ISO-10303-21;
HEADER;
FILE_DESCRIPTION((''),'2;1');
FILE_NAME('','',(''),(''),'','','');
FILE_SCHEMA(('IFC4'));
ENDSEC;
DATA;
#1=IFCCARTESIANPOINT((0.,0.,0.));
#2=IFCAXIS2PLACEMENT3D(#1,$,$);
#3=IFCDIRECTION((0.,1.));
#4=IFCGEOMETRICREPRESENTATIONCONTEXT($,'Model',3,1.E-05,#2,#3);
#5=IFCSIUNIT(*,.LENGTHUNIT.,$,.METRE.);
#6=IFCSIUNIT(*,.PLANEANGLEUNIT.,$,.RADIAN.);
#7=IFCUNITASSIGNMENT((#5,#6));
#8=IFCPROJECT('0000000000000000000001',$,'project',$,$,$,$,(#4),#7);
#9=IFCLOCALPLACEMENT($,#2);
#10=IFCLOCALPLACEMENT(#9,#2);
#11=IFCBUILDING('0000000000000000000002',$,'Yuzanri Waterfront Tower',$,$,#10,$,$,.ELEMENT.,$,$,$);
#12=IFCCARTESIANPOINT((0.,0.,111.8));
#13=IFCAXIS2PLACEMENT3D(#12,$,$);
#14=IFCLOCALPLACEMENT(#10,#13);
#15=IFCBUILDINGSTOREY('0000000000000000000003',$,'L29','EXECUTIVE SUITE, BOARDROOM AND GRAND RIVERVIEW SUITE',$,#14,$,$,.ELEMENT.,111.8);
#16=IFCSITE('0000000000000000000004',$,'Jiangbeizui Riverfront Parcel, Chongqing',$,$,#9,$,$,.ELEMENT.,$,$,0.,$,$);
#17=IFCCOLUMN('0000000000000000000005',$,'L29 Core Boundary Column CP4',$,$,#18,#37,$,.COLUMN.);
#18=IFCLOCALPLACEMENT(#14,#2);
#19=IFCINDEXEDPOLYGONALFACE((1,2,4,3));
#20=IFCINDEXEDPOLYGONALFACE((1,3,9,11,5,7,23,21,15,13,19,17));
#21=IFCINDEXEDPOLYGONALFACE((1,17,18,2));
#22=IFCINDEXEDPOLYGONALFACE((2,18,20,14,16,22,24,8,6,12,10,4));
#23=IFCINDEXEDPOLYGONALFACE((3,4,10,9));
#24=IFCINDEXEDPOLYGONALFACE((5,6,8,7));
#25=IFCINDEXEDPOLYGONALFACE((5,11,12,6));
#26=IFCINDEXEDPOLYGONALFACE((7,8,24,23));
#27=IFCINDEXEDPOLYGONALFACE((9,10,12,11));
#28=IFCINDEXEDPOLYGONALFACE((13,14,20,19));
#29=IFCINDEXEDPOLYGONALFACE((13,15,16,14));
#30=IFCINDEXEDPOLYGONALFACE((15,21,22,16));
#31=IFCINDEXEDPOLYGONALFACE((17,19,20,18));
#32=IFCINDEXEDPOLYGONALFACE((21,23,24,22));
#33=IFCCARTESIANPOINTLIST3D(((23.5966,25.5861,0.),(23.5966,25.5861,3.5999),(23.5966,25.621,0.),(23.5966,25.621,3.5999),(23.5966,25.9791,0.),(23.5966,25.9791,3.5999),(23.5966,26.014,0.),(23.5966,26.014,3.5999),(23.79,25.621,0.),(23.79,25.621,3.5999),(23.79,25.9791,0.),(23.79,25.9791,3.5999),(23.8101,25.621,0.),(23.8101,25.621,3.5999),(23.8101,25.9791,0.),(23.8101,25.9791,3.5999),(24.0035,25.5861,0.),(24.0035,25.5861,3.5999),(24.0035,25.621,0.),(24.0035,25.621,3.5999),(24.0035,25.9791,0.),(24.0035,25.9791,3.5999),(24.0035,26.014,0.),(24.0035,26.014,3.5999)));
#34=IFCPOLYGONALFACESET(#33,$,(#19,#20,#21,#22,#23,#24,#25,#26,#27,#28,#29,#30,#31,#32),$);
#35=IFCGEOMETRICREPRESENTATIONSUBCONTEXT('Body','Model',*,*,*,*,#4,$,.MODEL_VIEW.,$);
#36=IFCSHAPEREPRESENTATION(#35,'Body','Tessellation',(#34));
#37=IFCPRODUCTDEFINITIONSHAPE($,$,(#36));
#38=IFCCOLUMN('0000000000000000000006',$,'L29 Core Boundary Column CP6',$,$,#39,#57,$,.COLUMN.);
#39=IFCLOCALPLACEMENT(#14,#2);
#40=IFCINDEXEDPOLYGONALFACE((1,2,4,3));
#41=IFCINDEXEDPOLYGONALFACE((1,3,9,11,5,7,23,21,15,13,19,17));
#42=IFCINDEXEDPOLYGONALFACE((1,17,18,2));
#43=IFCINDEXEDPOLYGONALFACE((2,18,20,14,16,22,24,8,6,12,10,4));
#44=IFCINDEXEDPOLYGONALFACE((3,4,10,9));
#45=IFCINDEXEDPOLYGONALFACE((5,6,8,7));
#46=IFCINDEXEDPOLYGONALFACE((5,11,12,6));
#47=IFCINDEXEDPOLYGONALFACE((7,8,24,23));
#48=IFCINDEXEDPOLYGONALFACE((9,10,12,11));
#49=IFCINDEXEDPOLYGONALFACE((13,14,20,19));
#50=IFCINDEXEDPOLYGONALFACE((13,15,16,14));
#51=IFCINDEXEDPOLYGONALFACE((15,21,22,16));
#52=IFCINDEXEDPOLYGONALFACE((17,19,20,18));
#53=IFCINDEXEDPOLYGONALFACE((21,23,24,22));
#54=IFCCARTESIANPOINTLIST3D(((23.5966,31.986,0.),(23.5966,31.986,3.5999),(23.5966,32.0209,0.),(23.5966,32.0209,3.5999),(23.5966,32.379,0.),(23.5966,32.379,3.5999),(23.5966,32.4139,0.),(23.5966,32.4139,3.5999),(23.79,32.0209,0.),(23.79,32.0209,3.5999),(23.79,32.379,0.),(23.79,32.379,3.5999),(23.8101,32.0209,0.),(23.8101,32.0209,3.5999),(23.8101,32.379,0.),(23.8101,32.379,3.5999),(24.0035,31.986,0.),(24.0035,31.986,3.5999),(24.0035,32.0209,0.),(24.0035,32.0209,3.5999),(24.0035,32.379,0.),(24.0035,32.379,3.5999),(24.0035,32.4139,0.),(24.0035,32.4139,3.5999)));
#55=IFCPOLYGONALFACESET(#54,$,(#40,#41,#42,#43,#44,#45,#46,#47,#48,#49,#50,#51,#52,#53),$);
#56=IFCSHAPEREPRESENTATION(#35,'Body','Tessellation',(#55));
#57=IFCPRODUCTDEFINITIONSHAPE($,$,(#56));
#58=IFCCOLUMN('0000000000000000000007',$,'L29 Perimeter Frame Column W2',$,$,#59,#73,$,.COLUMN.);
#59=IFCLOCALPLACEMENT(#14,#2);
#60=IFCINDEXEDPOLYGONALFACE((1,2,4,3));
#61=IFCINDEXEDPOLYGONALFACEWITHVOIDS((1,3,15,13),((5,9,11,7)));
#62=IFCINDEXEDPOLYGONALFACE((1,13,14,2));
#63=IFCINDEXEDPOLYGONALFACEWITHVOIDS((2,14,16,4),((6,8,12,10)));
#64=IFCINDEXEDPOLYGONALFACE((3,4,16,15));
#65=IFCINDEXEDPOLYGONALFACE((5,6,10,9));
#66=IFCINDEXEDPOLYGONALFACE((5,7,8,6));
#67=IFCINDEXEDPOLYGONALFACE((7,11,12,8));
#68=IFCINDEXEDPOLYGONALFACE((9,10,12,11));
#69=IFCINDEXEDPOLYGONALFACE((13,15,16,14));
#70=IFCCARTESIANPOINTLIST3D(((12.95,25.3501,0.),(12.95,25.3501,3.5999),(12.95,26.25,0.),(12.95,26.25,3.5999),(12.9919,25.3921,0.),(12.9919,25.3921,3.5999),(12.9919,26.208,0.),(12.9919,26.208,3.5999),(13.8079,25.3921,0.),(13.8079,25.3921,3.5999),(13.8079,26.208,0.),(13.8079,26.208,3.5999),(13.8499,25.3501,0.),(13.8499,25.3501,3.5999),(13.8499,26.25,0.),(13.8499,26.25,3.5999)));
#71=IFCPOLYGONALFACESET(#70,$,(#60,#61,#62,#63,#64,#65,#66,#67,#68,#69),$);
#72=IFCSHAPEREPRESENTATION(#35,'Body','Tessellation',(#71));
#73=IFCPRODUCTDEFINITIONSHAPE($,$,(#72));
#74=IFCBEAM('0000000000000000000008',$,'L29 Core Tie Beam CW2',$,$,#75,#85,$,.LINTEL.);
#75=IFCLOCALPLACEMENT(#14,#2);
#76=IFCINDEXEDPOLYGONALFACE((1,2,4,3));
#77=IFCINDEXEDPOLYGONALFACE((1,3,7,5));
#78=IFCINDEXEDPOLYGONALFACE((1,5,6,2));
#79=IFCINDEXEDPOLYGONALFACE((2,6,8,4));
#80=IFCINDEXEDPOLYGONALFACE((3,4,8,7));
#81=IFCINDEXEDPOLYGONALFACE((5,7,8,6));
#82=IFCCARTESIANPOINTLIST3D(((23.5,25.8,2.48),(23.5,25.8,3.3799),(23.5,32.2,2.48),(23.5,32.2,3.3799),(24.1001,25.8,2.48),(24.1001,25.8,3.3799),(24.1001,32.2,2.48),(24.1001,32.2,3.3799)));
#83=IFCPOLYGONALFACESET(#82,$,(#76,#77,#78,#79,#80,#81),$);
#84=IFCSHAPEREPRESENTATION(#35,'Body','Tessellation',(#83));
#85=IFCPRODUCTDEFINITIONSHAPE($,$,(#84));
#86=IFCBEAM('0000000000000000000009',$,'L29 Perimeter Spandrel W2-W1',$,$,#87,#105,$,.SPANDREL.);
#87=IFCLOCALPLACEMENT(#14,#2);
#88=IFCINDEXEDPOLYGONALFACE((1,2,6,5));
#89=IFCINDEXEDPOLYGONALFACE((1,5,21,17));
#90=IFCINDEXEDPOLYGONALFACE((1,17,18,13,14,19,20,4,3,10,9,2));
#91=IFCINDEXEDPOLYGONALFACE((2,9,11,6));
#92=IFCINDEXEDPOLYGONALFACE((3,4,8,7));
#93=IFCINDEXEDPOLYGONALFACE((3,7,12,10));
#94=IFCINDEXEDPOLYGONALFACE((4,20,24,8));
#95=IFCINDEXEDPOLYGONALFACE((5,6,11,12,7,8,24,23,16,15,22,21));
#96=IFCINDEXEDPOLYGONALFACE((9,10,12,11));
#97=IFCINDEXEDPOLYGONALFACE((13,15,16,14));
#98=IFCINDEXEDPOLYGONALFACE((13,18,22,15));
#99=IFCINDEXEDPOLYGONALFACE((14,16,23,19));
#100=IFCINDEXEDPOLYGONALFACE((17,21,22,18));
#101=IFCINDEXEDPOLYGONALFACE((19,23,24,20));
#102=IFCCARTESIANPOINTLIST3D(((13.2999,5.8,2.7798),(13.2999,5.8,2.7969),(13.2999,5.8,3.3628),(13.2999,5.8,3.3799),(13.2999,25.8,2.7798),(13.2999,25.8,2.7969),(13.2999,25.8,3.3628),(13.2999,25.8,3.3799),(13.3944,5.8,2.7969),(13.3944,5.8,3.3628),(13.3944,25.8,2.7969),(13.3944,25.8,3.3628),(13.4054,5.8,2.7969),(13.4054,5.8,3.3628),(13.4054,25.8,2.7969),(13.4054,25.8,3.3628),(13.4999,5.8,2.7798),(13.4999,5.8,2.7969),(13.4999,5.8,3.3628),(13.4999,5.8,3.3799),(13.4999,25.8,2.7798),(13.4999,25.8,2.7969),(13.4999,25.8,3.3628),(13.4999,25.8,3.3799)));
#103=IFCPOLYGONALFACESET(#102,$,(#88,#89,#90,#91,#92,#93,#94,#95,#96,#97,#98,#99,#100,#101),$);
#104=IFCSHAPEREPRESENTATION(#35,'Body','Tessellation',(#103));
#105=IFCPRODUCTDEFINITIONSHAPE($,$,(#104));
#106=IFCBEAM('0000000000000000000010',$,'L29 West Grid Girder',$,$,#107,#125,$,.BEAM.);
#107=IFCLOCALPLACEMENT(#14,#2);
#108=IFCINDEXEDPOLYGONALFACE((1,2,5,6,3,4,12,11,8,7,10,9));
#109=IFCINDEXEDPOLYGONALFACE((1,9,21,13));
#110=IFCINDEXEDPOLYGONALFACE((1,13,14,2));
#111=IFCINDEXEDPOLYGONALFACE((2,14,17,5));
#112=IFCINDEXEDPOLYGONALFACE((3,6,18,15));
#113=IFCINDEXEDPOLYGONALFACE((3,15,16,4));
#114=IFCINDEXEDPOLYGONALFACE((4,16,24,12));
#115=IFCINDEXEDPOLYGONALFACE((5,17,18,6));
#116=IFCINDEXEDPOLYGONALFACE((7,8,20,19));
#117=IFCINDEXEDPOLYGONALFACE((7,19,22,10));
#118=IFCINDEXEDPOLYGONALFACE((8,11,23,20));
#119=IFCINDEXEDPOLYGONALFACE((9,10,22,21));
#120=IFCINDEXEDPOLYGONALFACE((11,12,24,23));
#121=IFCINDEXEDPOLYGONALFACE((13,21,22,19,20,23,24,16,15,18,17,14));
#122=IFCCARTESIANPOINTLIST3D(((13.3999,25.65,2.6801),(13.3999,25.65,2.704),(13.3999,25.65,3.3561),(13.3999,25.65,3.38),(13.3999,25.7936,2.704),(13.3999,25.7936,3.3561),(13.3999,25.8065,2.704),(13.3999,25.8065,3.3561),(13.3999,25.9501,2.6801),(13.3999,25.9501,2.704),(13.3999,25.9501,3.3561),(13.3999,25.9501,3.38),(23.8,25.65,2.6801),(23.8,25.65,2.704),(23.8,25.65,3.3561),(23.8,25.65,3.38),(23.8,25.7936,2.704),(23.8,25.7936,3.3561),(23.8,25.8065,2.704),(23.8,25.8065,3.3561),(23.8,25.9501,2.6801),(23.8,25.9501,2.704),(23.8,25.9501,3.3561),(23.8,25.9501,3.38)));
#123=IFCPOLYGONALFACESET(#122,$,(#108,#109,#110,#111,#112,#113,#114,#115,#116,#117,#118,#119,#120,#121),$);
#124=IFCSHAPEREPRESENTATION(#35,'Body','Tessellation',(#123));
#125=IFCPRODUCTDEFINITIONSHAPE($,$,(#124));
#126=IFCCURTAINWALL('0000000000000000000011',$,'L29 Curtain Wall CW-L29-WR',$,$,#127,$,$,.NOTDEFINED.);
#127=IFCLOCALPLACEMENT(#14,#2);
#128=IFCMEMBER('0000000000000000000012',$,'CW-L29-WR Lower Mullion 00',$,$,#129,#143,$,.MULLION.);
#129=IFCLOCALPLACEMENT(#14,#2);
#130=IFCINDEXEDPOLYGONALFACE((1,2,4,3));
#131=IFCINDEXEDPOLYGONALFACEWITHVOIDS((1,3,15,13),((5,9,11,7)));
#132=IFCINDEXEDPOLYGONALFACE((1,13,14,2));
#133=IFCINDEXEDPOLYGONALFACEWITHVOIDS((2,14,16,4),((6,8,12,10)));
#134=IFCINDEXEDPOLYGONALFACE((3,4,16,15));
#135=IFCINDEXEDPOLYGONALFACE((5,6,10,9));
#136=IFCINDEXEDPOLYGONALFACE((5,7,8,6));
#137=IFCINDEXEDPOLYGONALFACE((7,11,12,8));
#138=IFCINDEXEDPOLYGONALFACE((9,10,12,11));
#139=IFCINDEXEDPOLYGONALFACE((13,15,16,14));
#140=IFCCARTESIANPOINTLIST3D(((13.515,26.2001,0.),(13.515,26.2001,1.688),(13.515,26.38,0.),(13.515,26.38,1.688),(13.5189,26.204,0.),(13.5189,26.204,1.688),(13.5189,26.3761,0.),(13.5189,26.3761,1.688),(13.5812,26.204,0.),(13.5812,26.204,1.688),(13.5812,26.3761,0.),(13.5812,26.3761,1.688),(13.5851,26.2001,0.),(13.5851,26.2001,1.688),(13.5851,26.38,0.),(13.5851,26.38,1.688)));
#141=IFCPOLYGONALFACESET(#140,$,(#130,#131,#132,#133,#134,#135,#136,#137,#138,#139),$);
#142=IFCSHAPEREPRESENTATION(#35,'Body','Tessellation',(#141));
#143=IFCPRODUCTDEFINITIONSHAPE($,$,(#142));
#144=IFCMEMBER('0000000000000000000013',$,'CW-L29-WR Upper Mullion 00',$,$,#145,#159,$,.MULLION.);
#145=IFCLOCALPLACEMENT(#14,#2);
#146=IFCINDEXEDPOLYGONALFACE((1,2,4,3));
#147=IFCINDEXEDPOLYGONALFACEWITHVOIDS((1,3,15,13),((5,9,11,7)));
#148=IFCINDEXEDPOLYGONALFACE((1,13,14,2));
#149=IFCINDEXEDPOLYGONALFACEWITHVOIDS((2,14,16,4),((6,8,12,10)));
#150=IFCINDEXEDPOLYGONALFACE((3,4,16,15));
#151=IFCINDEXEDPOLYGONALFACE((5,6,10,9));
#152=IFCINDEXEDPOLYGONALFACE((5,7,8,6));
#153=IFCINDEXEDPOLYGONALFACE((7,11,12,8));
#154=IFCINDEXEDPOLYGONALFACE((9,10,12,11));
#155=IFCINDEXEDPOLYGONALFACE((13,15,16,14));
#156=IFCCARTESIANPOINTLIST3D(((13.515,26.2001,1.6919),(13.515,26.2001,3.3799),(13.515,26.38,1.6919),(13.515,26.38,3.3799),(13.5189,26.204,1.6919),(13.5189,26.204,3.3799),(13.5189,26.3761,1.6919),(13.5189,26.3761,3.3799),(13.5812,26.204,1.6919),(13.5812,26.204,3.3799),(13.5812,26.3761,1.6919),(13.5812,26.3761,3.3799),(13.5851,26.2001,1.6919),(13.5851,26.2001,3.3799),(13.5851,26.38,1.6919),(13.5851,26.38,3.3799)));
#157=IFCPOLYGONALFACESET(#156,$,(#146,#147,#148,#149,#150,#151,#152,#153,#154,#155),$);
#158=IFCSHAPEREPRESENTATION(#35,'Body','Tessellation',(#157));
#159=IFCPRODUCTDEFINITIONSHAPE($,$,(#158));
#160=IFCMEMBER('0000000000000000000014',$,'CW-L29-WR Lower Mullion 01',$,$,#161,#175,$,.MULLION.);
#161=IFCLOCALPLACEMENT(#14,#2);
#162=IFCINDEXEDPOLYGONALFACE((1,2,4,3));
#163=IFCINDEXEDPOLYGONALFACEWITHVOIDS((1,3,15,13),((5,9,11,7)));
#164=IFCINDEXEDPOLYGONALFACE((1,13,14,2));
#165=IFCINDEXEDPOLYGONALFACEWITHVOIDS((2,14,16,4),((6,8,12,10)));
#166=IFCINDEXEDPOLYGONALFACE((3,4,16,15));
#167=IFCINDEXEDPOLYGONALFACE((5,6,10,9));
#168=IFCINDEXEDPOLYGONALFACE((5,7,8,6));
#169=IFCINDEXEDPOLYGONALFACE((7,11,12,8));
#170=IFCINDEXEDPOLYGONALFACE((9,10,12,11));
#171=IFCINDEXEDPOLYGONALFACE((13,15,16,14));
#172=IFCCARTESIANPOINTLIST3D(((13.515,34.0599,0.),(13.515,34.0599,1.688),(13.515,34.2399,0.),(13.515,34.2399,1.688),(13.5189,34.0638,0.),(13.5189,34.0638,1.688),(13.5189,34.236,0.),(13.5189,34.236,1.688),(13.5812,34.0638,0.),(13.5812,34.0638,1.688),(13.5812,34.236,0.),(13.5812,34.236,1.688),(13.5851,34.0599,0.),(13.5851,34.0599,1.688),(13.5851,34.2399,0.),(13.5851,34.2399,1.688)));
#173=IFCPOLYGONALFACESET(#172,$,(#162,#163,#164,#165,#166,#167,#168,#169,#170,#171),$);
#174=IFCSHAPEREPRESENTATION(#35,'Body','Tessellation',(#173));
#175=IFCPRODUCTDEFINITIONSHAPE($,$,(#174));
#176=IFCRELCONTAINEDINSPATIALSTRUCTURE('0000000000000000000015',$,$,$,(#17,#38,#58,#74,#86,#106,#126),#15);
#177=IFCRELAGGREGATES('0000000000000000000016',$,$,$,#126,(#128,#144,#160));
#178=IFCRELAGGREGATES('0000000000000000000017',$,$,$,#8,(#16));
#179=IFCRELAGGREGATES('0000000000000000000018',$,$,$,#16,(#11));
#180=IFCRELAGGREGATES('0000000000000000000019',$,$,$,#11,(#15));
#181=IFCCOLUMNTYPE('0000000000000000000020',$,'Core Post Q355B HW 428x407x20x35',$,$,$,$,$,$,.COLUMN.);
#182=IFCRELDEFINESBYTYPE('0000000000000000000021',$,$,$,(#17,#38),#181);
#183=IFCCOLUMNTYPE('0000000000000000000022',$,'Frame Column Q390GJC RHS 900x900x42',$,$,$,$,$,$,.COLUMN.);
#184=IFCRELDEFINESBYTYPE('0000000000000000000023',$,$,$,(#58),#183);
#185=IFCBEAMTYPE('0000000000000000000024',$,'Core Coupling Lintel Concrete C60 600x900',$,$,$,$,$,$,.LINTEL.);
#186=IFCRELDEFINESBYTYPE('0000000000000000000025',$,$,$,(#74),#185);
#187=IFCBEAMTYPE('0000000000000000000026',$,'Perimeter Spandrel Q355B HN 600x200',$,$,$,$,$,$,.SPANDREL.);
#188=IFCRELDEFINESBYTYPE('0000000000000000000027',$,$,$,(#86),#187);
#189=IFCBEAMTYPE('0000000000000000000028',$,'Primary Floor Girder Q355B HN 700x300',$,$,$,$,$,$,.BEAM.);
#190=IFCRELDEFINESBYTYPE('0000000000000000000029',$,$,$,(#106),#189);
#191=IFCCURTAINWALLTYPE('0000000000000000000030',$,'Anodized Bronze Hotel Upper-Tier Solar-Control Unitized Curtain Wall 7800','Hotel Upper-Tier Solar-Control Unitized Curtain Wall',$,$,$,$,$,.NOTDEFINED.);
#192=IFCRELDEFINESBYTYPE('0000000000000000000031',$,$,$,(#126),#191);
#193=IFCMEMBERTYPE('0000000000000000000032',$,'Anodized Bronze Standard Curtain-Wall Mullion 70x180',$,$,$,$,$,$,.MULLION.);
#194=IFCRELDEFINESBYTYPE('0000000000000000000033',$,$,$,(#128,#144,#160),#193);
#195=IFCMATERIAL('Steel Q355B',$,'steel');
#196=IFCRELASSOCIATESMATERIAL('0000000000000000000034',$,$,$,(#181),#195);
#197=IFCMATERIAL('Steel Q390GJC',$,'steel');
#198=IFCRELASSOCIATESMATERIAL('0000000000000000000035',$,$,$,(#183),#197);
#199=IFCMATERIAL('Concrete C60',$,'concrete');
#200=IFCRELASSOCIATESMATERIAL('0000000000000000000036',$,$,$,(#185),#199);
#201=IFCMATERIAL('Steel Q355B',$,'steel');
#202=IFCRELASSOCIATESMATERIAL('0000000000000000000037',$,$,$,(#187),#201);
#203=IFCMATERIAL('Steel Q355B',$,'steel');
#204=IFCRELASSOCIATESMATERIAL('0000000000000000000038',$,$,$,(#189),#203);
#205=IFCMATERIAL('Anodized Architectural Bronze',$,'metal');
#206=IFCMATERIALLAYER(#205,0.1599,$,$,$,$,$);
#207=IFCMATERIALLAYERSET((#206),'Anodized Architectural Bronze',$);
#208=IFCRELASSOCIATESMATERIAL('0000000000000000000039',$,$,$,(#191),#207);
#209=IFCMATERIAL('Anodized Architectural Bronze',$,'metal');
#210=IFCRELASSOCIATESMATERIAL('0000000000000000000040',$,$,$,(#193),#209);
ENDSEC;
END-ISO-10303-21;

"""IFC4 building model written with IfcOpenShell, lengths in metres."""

from ifc_helpers import new_model, si_unit, direction, frame, origin, origin_2d, place, context, subcontext, project, spatial, rectangle, hollow_rectangle, i_section, extrude, source, transform, mapped, material, layer, layer_set, material_profile, profile_set, type_object, element, aggregate, save


model = new_model("IFC4")

# Units and contexts
model_context = context("Model", 3, precision=1e-05, world=origin(), true_north=direction((0.0, 1.0)))
body_context = subcontext(model_context, "Body", "Model", "MODEL_VIEW")
ifc_project = project(units=[si_unit("LENGTHUNIT", "METRE"), si_unit("PLANEANGLEUNIT", "RADIAN")], contexts=[model_context])

# Site, building, storey
site_placement = place(None, origin())
site = spatial("IfcSite", under=ifc_project, at=site_placement, Name="Jiangbeizui Riverfront Parcel, Chongqing", CompositionType="ELEMENT", RefElevation=0.0)
building_placement = place(site_placement, origin())
building = spatial("IfcBuilding", under=site, at=building_placement, Name="Yuzanri Waterfront Tower", CompositionType="ELEMENT")
storey_placement = place(building_placement, frame((0.0, 0.0, 111.8)))
storey = spatial("IfcBuildingStorey", under=building, at=storey_placement, Name="L29", Description="EXECUTIVE SUITE, BOARDROOM AND GRAND RIVERVIEW SUITE", CompositionType="ELEMENT", Elevation=111.8)

# Columns
ifc_material_1 = material(Name="Steel Q355B", Category="steel")
ifc_material_profile_1 = material_profile(ifc_material_1, i_section(OverallWidth=0.407, OverallDepth=0.428, WebThickness=0.02, FlangeThickness=0.0349, at=origin_2d()), Name="HW 428x407x20x35")
ifc_profile_set_1 = profile_set([ifc_material_profile_1], Name="Steel Q355B")
column_type_1 = type_object("IfcColumnType", Name="Core Post Q355B HW 428x407x20x35", PredefinedType="COLUMN", material=ifc_profile_set_1)
shared_shape_1 = source(origin(), body_context, "Body", "SweptSolid", [
    extrude(i_section(OverallWidth=0.407, OverallDepth=0.428, WebThickness=0.02, FlangeThickness=0.0349, at=origin_2d()), origin(), (0.0, 0.0, 1.0), 3.5999),
])
for number, where, z_axis, x_axis, name in (
    (1, (23.8, 25.8, 0.0), (0.0, 0.0, 1.0), (1.0, 0.0, 0.0), "L29 Core Boundary Column CP4"),
    (2, (23.8, 32.2, 0.0), (0.0, 0.0, 1.0), (1.0, 0.0, 0.0), "L29 Core Boundary Column CP6"),
):
    element("IfcColumn", number, at=place(storey_placement, frame(where, z_axis=z_axis, x_axis=x_axis)), inside=storey, type_object=column_type_1, Name=name, PredefinedType="COLUMN", context=body_context, shape_type="MappedRepresentation", body=[
        mapped(shared_shape_1, transform((0.0, 0.0, 0.0), scale=1.0)),
    ])
ifc_material_2 = material(Name="Steel Q390GJC", Category="steel")
ifc_material_profile_2 = material_profile(ifc_material_2, hollow_rectangle(XDim=0.8999, YDim=0.8999, WallThickness=0.042, at=origin_2d()), Name="RHS 900x900x42")
ifc_profile_set_2 = profile_set([ifc_material_profile_2], Name="Steel Q390GJC")
column_type_2 = type_object("IfcColumnType", Name="Frame Column Q390GJC RHS 900x900x42", PredefinedType="COLUMN", material=ifc_profile_set_2)
shared_shape_2 = source(origin(), body_context, "Body", "SweptSolid", [
    extrude(hollow_rectangle(XDim=0.8999, YDim=0.8999, WallThickness=0.042, at=origin_2d()), origin(), (0.0, 0.0, 1.0), 3.5999),
])
column_placement = place(storey_placement, frame((13.3999, 25.8, 0.0), z_axis=(0.0, 0.0, 1.0), x_axis=(1.0, 0.0, 0.0)))
element("IfcColumn", 3, at=column_placement, inside=storey, type_object=column_type_2, Name="L29 Perimeter Frame Column W2", PredefinedType="COLUMN", context=body_context, shape_type="MappedRepresentation", body=[
    mapped(shared_shape_2, transform((0.0, 0.0, 0.0), scale=1.0)),
])

# Beams
ifc_material_3 = material(Name="Concrete C60", Category="concrete")
ifc_material_profile_3 = material_profile(ifc_material_3, rectangle(XDim=0.6001, YDim=0.8999, at=origin_2d()), Name="RC 600x900")
ifc_profile_set_3 = profile_set([ifc_material_profile_3], Name="Concrete C60")
beam_type_1 = type_object("IfcBeamType", Name="Core Coupling Lintel Concrete C60 600x900", PredefinedType="LINTEL", material=ifc_profile_set_3)
shared_shape_3 = source(origin(), body_context, "Body", "SweptSolid", [
    extrude(rectangle(XDim=0.6001, YDim=0.8999, at=origin_2d()), origin(), (0.0, 0.0, 1.0), 6.3999),
])
beam_1_placement = place(storey_placement, frame((23.8, 25.8, 2.9299), z_axis=(0.0, 1.0, 0.0), x_axis=(-1.0, 0.0, 0.0)))
element("IfcBeam", 4, at=beam_1_placement, inside=storey, type_object=beam_type_1, Name="L29 Core Tie Beam CW2", PredefinedType="LINTEL", context=body_context, shape_type="MappedRepresentation", body=[
    mapped(shared_shape_3, transform((0.0, 0.0, 0.0), scale=1.0)),
])
ifc_material_4 = material(Name="Steel Q355B", Category="steel")
ifc_material_profile_4 = material_profile(ifc_material_4, i_section(OverallWidth=0.2, OverallDepth=0.6001, WebThickness=0.011, FlangeThickness=0.0171, at=origin_2d()), Name="HN 600x200x11x17")
ifc_profile_set_4 = profile_set([ifc_material_profile_4], Name="Steel Q355B")
beam_type_2 = type_object("IfcBeamType", Name="Perimeter Spandrel Q355B HN 600x200", PredefinedType="SPANDREL", material=ifc_profile_set_4)
shared_shape_4 = source(origin(), body_context, "Body", "SweptSolid", [
    extrude(i_section(OverallWidth=0.2, OverallDepth=0.6001, WebThickness=0.011, FlangeThickness=0.0171, at=origin_2d()), origin(), (0.0, 0.0, 1.0), 20.0),
])
beam_2_placement = place(storey_placement, frame((13.3999, 25.8, 3.0798), z_axis=(0.0, -1.0, 0.0), x_axis=(1.0, 0.0, 0.0)))
element("IfcBeam", 5, at=beam_2_placement, inside=storey, type_object=beam_type_2, Name="L29 Perimeter Spandrel W2-W1", PredefinedType="SPANDREL", context=body_context, shape_type="MappedRepresentation", body=[
    mapped(shared_shape_4, transform((0.0, 0.0, 0.0), scale=1.0)),
])
ifc_material_5 = material(Name="Steel Q355B", Category="steel")
ifc_material_profile_5 = material_profile(ifc_material_5, i_section(OverallWidth=0.3, OverallDepth=0.7, WebThickness=0.0129, FlangeThickness=0.0239, at=origin_2d()), Name="HN 700x300x13x24")
ifc_profile_set_5 = profile_set([ifc_material_profile_5], Name="Steel Q355B")
beam_type_3 = type_object("IfcBeamType", Name="Primary Floor Girder Q355B HN 700x300", PredefinedType="BEAM", material=ifc_profile_set_5)
shared_shape_5 = source(origin(), body_context, "Body", "SweptSolid", [
    extrude(i_section(OverallWidth=0.3, OverallDepth=0.7, WebThickness=0.0129, FlangeThickness=0.0239, at=origin_2d()), origin(), (0.0, 0.0, 1.0), 10.4001),
])
beam_3_placement = place(storey_placement, frame((23.8, 25.8, 3.03), z_axis=(-1.0, 0.0, 0.0), x_axis=(0.0, -1.0, 0.0)))
element("IfcBeam", 6, at=beam_3_placement, inside=storey, type_object=beam_type_3, Name="L29 West Grid Girder", PredefinedType="BEAM", context=body_context, shape_type="MappedRepresentation", body=[
    mapped(shared_shape_5, transform((0.0, 0.0, 0.0), scale=1.0)),
])

# Curtain wall, members
ifc_material_6 = material(Name="Anodized Architectural Bronze", Category="metal")
ifc_layer_1 = layer(ifc_material_6, 0.1599)
ifc_layer_set_1 = layer_set([ifc_layer_1], Name="Anodized Architectural Bronze")
curtain_wall_type = type_object("IfcCurtainWallType", Name="Anodized Bronze Hotel Upper-Tier Solar-Control Unitized Curtain Wall 7800", Description="Hotel Upper-Tier Solar-Control Unitized Curtain Wall", PredefinedType="NOTDEFINED", material=ifc_layer_set_1)
curtain_wall_placement = place(storey_placement, origin())
curtain_wall = element("IfcCurtainWall", 7, at=curtain_wall_placement, inside=storey, type_object=curtain_wall_type, Name="L29 Curtain Wall CW-L29-WR", PredefinedType="NOTDEFINED")
ifc_material_7 = material(Name="Anodized Architectural Bronze", Category="metal")
ifc_material_profile_6 = material_profile(ifc_material_7, hollow_rectangle(XDim=0.0701, YDim=0.1799, WallThickness=0.0039, at=origin_2d()), Name="CWM 70x180")
ifc_profile_set_6 = profile_set([ifc_material_profile_6], Name="Anodized Architectural Bronze")
member_type_1 = type_object("IfcMemberType", Name="Anodized Bronze Standard Curtain-Wall Mullion 70x180", PredefinedType="MULLION", material=ifc_profile_set_6)
shared_shape_6 = source(origin(), body_context, "Body", "SweptSolid", [
    extrude(hollow_rectangle(XDim=0.0701, YDim=0.1799, WallThickness=0.0039, at=origin_2d()), origin(), (0.0, 0.0, 1.0), 1.688),
])
member_1_placement = place(storey_placement, frame((13.55, 26.29, 0.0), z_axis=(0.0, 0.0, 1.0), x_axis=(1.0, 0.0, 0.0)))
member_1 = element("IfcMember", 8, at=member_1_placement, type_object=member_type_1, Name="CW-L29-WR Lower Mullion 00", PredefinedType="MULLION", context=body_context, shape_type="MappedRepresentation", body=[
    mapped(shared_shape_6, transform((0.0, 0.0, 0.0), scale=1.0)),
])
member_2_placement = place(storey_placement, frame((13.55, 26.29, 1.6919), z_axis=(0.0, 0.0, 1.0), x_axis=(1.0, 0.0, 0.0)))
member_2 = element("IfcMember", 9, at=member_2_placement, type_object=member_type_1, Name="CW-L29-WR Upper Mullion 00", PredefinedType="MULLION", context=body_context, shape_type="MappedRepresentation", body=[
    mapped(shared_shape_6, transform((0.0, 0.0, 0.0), scale=1.0)),
])
member_3_placement = place(storey_placement, frame((13.55, 34.1499, 0.0), z_axis=(0.0, 0.0, 1.0), x_axis=(1.0, 0.0, 0.0)))
member_3 = element("IfcMember", 10, at=member_3_placement, type_object=member_type_1, Name="CW-L29-WR Lower Mullion 01", PredefinedType="MULLION", context=body_context, shape_type="MappedRepresentation", body=[
    mapped(shared_shape_6, transform((0.0, 0.0, 0.0), scale=1.0)),
])
aggregate(curtain_wall, [member_1, member_2, member_3])

save(model, "model.ifc")
